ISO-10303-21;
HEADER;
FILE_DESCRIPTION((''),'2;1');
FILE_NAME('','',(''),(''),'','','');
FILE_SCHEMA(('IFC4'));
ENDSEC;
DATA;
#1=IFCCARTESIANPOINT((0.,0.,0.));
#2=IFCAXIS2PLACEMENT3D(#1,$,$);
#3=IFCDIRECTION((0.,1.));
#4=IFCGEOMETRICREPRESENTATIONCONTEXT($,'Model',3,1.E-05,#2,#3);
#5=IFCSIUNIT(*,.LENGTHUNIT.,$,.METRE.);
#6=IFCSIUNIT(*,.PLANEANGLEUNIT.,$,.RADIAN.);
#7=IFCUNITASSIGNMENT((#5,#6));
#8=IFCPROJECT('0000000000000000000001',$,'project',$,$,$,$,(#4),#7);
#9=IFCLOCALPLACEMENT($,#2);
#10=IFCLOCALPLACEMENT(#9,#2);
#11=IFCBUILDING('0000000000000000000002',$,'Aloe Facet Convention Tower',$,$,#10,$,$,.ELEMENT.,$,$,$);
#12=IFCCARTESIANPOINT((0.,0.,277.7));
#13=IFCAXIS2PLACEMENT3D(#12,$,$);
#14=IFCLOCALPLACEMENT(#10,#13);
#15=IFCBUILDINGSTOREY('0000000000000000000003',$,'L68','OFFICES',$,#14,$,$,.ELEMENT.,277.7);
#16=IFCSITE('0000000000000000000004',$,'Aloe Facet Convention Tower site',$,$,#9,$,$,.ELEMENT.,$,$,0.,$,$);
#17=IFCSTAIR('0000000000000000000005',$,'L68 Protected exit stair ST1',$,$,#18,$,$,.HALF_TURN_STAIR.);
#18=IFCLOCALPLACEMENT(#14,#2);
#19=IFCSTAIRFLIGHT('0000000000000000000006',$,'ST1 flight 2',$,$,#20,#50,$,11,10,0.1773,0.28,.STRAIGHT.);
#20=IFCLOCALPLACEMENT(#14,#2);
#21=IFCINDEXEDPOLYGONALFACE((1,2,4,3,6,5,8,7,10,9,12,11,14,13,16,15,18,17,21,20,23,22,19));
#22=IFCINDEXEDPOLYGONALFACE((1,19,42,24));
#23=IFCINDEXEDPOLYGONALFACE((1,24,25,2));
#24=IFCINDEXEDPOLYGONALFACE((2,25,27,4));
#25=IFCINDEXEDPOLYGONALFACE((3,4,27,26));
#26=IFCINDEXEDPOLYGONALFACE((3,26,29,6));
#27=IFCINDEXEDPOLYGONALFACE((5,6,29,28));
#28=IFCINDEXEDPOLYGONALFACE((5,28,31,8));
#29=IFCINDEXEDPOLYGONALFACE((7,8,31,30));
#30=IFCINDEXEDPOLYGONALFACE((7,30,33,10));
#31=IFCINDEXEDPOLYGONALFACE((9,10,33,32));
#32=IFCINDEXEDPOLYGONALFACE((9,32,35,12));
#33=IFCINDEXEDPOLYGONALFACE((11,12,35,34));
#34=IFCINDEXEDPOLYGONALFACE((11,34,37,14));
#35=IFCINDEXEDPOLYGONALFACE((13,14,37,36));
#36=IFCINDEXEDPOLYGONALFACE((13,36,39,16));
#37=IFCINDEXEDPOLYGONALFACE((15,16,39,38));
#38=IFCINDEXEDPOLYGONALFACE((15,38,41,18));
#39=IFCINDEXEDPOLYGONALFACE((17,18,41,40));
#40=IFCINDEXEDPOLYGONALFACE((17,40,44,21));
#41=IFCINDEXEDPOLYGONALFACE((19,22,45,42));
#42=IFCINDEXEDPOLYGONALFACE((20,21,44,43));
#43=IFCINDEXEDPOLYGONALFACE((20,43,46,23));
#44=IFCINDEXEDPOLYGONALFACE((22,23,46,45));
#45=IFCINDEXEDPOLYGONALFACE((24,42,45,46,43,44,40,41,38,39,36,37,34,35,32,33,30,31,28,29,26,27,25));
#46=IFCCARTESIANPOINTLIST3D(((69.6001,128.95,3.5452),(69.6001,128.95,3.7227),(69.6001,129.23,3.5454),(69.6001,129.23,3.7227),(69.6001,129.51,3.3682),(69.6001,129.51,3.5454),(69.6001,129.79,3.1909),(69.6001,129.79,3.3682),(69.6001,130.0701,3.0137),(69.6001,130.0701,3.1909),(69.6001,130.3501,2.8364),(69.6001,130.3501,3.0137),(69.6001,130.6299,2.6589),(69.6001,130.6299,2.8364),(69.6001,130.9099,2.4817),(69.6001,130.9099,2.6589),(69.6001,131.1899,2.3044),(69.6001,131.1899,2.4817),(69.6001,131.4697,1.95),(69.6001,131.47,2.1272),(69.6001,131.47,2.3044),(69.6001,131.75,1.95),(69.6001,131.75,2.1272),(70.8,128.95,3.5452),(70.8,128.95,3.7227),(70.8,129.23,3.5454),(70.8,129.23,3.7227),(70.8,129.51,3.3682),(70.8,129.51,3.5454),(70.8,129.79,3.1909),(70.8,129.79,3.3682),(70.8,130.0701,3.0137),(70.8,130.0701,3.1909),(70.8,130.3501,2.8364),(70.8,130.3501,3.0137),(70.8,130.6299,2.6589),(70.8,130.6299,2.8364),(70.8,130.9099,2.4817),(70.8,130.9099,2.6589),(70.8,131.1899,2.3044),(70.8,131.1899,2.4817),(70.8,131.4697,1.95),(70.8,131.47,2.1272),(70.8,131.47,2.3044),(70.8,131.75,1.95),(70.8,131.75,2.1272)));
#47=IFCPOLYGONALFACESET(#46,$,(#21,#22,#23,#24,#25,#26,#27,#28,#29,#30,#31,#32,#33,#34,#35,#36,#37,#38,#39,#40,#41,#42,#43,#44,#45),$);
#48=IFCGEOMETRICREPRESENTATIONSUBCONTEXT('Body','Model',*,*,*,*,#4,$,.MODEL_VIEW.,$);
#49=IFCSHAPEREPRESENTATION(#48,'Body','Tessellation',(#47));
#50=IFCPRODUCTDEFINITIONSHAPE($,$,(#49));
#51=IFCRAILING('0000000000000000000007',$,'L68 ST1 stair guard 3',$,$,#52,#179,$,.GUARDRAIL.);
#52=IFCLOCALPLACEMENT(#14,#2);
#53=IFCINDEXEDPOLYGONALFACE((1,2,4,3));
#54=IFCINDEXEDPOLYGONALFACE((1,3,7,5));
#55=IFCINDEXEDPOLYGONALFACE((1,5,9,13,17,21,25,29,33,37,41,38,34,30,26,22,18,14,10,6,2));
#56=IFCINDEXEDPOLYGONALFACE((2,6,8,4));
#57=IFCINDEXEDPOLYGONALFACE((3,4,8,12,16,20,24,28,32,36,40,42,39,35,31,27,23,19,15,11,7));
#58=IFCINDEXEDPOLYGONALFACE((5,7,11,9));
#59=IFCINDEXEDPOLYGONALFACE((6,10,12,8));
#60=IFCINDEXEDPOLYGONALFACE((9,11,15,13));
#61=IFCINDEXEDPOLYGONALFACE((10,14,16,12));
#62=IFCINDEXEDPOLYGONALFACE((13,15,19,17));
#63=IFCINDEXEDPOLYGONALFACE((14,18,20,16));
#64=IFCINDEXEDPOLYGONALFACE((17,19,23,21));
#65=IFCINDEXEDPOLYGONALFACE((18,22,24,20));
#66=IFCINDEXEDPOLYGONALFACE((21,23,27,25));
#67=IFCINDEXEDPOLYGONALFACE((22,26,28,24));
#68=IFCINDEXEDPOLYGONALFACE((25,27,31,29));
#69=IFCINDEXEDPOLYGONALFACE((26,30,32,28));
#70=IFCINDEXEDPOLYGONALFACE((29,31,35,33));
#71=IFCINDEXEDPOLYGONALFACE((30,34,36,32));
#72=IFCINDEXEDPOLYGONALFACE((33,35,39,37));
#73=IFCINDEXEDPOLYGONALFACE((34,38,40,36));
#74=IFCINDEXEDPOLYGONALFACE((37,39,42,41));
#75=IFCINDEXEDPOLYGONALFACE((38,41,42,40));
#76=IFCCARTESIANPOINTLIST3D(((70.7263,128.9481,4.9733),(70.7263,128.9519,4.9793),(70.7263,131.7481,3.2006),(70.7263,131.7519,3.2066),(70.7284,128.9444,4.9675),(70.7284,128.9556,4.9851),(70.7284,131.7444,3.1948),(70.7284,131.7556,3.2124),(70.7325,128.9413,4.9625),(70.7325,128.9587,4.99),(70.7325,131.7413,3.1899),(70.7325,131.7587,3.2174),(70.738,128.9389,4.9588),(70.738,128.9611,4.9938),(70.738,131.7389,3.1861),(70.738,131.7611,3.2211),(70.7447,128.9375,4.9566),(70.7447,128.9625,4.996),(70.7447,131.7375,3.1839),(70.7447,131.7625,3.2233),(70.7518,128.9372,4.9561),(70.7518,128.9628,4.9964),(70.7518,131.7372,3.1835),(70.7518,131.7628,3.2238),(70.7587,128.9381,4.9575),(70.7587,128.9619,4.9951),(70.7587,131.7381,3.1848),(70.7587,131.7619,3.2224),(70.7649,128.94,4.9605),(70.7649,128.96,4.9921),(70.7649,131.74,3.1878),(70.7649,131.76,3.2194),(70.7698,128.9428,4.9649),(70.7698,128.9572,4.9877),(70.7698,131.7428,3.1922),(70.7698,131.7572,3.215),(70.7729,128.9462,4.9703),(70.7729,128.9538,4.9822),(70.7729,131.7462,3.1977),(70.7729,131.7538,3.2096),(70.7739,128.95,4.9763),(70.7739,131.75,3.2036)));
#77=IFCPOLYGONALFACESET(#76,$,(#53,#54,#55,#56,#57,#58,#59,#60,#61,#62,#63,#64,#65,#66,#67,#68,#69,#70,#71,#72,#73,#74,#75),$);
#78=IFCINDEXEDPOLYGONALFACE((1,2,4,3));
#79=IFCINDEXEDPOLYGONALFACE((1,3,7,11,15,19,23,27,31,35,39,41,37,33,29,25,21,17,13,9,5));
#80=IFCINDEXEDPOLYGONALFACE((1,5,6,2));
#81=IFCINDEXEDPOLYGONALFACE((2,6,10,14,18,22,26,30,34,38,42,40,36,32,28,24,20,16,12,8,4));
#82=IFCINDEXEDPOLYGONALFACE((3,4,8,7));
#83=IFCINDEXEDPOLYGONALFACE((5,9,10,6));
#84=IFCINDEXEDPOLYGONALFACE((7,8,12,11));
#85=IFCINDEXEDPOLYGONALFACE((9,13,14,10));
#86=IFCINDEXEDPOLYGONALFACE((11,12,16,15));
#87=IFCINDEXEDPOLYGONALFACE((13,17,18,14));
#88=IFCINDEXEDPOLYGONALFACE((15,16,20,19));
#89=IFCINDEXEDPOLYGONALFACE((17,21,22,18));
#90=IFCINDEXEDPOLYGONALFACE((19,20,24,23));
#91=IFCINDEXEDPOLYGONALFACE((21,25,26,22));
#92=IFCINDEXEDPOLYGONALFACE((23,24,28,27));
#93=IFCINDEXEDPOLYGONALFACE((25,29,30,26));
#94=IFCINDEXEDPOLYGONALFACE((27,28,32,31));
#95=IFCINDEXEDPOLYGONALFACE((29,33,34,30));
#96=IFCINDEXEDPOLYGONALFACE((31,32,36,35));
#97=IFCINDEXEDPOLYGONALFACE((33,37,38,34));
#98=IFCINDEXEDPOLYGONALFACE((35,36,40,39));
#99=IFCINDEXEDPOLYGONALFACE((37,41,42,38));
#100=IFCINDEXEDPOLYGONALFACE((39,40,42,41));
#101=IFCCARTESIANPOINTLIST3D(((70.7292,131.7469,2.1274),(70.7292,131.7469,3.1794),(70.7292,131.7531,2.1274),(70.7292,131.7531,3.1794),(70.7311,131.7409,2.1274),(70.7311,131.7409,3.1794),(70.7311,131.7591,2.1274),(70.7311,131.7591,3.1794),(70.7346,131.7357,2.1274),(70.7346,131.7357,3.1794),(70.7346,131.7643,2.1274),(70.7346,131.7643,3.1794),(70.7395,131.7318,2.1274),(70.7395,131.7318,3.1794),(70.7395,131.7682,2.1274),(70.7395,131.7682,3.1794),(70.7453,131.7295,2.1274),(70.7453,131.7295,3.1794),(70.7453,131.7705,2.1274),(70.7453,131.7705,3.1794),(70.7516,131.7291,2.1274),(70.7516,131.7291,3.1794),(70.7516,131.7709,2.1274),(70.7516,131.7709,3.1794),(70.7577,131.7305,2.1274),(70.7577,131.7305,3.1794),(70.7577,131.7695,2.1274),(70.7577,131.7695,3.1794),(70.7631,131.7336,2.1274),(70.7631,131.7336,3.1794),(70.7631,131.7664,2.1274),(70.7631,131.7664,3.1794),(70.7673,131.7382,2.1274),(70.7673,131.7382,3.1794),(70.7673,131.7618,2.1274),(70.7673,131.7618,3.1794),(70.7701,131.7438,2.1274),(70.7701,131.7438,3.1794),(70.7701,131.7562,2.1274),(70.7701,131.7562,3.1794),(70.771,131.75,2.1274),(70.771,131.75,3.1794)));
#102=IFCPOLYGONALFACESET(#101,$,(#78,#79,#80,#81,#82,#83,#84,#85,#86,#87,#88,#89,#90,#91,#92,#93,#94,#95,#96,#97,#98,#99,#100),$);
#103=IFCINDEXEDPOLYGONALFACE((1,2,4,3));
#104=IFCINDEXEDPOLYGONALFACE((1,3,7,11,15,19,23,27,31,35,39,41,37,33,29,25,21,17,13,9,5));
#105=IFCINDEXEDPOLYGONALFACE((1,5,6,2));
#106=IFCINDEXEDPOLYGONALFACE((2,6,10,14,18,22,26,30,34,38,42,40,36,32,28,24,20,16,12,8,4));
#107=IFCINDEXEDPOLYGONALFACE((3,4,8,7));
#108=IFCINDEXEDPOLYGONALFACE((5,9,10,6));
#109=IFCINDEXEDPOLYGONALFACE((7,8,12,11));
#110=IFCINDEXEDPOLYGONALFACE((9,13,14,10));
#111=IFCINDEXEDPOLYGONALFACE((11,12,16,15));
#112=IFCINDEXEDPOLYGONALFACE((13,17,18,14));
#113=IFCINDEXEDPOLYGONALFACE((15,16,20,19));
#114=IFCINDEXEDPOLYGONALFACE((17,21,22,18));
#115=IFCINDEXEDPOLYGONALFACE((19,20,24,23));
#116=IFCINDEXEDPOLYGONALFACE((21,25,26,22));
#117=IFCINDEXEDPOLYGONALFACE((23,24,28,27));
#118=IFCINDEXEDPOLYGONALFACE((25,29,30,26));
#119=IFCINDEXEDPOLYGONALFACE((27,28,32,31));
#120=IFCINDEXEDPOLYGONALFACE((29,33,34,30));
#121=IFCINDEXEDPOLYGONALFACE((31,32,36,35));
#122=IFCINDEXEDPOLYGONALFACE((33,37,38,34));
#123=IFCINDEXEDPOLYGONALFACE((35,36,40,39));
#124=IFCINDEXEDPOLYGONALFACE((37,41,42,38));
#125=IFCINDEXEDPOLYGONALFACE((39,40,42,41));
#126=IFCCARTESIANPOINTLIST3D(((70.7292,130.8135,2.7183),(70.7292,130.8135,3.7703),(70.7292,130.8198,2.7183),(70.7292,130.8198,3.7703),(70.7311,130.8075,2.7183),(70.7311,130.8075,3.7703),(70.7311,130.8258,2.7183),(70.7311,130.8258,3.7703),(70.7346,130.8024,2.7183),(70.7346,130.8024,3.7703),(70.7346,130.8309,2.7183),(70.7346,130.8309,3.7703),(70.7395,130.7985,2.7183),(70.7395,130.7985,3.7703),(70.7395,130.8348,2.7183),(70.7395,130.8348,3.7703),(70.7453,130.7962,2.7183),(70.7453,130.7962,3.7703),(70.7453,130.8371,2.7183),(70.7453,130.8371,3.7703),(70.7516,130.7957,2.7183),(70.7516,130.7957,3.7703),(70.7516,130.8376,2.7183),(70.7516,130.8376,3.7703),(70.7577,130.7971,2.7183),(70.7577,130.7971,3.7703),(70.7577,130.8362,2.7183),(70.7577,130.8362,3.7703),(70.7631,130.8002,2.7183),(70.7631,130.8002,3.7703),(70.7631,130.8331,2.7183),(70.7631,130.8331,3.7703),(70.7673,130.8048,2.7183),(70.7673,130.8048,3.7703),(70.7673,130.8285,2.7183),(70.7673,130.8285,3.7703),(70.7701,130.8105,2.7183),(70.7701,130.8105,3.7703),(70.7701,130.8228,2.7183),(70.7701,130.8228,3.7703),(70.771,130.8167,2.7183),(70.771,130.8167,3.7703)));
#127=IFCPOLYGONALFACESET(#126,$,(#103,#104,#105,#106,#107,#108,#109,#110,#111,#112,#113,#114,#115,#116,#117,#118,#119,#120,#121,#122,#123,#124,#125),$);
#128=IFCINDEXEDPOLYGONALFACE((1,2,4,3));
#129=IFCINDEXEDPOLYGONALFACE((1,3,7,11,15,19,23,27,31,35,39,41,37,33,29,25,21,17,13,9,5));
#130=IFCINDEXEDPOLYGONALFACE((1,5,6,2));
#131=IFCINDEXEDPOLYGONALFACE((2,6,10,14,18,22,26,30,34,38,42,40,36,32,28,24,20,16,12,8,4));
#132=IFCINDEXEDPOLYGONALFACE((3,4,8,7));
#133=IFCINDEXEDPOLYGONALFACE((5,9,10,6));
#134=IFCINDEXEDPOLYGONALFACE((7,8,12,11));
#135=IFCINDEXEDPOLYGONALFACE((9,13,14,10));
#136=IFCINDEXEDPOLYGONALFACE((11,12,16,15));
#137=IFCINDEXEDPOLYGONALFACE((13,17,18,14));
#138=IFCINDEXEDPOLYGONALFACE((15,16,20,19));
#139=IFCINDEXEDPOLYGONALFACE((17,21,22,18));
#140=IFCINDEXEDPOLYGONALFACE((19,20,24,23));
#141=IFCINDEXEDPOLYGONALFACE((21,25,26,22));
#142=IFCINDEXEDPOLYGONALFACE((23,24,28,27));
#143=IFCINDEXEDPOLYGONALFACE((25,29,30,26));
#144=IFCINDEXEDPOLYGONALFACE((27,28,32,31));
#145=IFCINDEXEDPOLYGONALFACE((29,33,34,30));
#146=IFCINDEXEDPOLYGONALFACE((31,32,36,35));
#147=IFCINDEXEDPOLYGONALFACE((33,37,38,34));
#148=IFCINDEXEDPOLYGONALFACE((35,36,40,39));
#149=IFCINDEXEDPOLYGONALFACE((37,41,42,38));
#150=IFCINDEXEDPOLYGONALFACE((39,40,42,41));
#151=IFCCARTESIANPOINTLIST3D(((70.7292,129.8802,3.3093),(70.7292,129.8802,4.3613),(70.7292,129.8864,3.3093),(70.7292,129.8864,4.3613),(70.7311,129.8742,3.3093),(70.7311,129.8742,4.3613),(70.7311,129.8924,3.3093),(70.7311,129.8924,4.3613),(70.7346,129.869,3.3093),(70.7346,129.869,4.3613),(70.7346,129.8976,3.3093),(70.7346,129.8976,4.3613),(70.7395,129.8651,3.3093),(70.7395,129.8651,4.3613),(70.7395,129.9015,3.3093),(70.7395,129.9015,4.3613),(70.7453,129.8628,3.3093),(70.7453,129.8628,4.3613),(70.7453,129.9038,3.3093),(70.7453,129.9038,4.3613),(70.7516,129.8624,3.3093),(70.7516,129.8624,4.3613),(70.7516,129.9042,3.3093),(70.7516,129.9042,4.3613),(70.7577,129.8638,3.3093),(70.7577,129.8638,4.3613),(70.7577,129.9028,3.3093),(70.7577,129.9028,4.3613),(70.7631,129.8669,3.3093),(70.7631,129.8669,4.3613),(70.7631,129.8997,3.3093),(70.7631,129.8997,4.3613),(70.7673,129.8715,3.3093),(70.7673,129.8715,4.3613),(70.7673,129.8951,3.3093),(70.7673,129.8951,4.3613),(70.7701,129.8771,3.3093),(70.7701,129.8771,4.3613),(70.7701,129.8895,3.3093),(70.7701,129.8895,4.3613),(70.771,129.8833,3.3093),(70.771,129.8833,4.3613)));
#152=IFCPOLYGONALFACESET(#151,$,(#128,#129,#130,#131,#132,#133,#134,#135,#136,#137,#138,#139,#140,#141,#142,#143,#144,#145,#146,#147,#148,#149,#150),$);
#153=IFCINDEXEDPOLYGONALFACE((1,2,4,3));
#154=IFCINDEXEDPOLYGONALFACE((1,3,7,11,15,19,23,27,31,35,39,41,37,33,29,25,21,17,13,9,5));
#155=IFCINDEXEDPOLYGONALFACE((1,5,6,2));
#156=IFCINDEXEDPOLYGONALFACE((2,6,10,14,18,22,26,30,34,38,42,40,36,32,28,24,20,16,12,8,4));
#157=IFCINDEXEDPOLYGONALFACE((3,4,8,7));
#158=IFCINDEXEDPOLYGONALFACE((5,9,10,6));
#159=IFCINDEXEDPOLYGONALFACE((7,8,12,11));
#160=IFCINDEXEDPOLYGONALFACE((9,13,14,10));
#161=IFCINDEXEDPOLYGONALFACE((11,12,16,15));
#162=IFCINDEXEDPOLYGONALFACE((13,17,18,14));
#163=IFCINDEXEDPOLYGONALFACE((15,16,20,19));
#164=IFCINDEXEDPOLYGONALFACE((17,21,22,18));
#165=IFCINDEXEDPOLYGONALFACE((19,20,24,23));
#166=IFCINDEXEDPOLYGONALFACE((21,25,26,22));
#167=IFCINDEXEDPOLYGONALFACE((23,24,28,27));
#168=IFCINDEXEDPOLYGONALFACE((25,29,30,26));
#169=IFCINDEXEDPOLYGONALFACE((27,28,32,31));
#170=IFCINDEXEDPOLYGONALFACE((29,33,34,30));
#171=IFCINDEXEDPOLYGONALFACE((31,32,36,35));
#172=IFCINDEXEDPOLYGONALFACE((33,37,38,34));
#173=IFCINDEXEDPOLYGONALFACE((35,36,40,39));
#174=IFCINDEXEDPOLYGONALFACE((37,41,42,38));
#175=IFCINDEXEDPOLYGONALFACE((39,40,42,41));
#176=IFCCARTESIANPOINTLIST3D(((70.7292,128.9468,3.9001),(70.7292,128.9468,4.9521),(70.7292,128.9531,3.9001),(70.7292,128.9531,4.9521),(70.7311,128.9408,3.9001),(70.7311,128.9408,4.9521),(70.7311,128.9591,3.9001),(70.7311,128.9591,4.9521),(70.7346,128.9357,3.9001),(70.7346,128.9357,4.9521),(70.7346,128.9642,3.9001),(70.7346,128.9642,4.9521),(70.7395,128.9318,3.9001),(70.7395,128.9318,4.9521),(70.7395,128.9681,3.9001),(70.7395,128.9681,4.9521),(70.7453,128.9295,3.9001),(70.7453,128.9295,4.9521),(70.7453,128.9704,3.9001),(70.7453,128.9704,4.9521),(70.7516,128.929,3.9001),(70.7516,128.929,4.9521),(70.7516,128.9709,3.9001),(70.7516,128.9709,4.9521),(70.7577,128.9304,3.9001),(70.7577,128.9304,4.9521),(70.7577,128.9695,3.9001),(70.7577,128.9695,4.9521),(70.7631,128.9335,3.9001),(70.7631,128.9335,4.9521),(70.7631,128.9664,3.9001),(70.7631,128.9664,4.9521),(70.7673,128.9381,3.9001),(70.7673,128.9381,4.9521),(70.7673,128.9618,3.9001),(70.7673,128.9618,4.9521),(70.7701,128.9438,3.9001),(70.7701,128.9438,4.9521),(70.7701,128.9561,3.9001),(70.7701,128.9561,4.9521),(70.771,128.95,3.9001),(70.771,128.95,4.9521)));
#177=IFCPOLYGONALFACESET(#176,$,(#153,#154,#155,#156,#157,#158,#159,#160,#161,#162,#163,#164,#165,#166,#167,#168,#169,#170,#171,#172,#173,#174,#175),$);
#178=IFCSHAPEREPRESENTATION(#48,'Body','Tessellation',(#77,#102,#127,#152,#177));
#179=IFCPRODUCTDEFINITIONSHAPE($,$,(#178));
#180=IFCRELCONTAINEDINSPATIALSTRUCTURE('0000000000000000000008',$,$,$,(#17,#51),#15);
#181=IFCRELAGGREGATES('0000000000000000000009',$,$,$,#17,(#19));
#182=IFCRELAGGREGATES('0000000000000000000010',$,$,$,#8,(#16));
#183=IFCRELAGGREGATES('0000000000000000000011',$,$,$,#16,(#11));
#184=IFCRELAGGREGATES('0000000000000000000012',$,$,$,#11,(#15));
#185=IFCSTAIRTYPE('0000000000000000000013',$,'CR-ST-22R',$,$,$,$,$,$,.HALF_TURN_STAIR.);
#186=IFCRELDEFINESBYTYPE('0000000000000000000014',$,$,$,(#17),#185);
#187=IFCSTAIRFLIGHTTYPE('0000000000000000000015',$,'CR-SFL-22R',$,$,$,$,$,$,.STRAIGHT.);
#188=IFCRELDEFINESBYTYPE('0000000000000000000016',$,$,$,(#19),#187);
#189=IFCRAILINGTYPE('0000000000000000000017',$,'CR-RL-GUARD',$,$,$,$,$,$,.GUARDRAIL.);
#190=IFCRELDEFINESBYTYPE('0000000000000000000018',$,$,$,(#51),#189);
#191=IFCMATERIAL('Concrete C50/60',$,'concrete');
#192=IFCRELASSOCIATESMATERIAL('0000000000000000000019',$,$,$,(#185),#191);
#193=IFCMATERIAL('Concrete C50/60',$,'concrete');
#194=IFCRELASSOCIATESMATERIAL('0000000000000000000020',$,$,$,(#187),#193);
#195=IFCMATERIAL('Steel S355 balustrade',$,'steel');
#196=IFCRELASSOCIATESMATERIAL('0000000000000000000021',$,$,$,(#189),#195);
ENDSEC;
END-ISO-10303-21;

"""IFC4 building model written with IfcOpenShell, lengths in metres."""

from ifc_helpers import new_model, si_unit, direction, frame, origin, origin_2d, place, context, subcontext, project, spatial, polyline, circle, outline, extrude, material, type_object, element, aggregate, save


model = new_model("IFC4")

# Units and contexts
model_context = context("Model", 3, precision=1e-05, world=origin(), true_north=direction((0.0, 1.0)))
body_context = subcontext(model_context, "Body", "Model", "MODEL_VIEW")
ifc_project = project(units=[si_unit("LENGTHUNIT", "METRE"), si_unit("PLANEANGLEUNIT", "RADIAN")], contexts=[model_context])

# Site, building, storey
site_placement = place(None, origin())
site = spatial("IfcSite", under=ifc_project, at=site_placement, Name="Aloe Facet Convention Tower site", CompositionType="ELEMENT", RefElevation=0.0)
building_placement = place(site_placement, origin())
building = spatial("IfcBuilding", under=site, at=building_placement, Name="Aloe Facet Convention Tower", CompositionType="ELEMENT")
storey_placement = place(building_placement, frame((0.0, 0.0, 277.7)))
storey = spatial("IfcBuildingStorey", under=building, at=storey_placement, Name="L68", Description="OFFICES", CompositionType="ELEMENT", Elevation=277.7)

# Stair, stair flight
ifc_material_1 = material(Name="Concrete C50/60", Category="concrete")
stair_type = type_object("IfcStairType", Name="CR-ST-22R", PredefinedType="HALF_TURN_STAIR", material=ifc_material_1)
stair_placement = place(storey_placement, origin())
stair = element("IfcStair", 1, at=stair_placement, inside=storey, type_object=stair_type, Name="L68 Protected exit stair ST1", PredefinedType="HALF_TURN_STAIR")
ifc_material_2 = material(Name="Concrete C50/60", Category="concrete")
stair_flight_type = type_object("IfcStairFlightType", Name="CR-SFL-22R", PredefinedType="STRAIGHT", material=ifc_material_2)
stair_flight_placement = place(storey_placement, frame((70.2, 131.75, 1.95), z_axis=(0.0, 0.0, 1.0), x_axis=(0.0, -1.0, 0.0)))
stair_flight = element("IfcStairFlight", 2, at=stair_flight_placement, type_object=stair_flight_type, Name="ST1 flight 2", NumberOfRisers=11, NumberOfTreads=10, PredefinedType="STRAIGHT", RiserHeight=0.1773, TreadLength=0.28, context=body_context, shape_type="SweptSolid", body=[
    extrude(outline(polyline([(0.0, 0.0), (0.0, 0.1772), (0.28, 0.1772), (0.28, 0.3545), (0.5601, 0.3545), (0.5601, 0.5317), (0.8401, 0.5317), (0.8401, 0.709), (1.1201, 0.709), (1.1201, 0.8865), (1.3999, 0.8865), (1.3999, 1.0637), (1.6799, 1.0637), (1.6799, 1.241), (1.96, 1.241), (1.96, 1.4182), (2.24, 1.4182), (2.24, 1.5955), (2.52, 1.5955), (2.52, 1.7727), (2.8, 1.7727), (2.8, 1.95), (2.8, 1.5952), (0.2803, 0.0), (0.0, 0.0)])), frame((0.0, 0.6001, 0.0), z_axis=(0.0, -1.0, 0.0), x_axis=(1.0, 0.0, 0.0)), (0.0, 0.0, 1.0), 1.2),
])
aggregate(stair, [stair_flight])

# Railing
ifc_material_3 = material(Name="Steel S355 balustrade", Category="steel")
railing_type_1 = type_object("IfcRailingType", Name="CR-RL-GUARD", PredefinedType="GUARDRAIL", material=ifc_material_3)
railing_1_placement = place(storey_placement, frame((70.75, 131.75, 2.1274)))
element("IfcRailing", 3, at=railing_1_placement, inside=storey, type_object=railing_type_1, Name="L68 ST1 stair guard 3", PredefinedType="GUARDRAIL", context=body_context, shape_type="SweptSolid", body=[
    extrude(circle(Radius=0.0239, at=origin_2d()), frame((0.0, 0.0, 1.0762), z_axis=(0.0, -0.844909, 0.53491), x_axis=(1.0, 0.0, 0.0)), (0.0, 0.0, 1.0), 3.314),
    extrude(circle(Radius=0.021, at=origin_2d()), origin(), (0.0, 0.0, 1.0), 1.052),
    extrude(circle(Radius=0.021, at=origin_2d()), frame((0.0, -0.9333, 0.5908)), (0.0, 0.0, 1.0), 1.052),
    extrude(circle(Radius=0.021, at=origin_2d()), frame((0.0, -1.8667, 1.1819)), (0.0, 0.0, 1.0), 1.052),
    extrude(circle(Radius=0.021, at=origin_2d()), frame((0.0, -2.8, 1.7727)), (0.0, 0.0, 1.0), 1.052),
])

save(model, "model.ifc")
